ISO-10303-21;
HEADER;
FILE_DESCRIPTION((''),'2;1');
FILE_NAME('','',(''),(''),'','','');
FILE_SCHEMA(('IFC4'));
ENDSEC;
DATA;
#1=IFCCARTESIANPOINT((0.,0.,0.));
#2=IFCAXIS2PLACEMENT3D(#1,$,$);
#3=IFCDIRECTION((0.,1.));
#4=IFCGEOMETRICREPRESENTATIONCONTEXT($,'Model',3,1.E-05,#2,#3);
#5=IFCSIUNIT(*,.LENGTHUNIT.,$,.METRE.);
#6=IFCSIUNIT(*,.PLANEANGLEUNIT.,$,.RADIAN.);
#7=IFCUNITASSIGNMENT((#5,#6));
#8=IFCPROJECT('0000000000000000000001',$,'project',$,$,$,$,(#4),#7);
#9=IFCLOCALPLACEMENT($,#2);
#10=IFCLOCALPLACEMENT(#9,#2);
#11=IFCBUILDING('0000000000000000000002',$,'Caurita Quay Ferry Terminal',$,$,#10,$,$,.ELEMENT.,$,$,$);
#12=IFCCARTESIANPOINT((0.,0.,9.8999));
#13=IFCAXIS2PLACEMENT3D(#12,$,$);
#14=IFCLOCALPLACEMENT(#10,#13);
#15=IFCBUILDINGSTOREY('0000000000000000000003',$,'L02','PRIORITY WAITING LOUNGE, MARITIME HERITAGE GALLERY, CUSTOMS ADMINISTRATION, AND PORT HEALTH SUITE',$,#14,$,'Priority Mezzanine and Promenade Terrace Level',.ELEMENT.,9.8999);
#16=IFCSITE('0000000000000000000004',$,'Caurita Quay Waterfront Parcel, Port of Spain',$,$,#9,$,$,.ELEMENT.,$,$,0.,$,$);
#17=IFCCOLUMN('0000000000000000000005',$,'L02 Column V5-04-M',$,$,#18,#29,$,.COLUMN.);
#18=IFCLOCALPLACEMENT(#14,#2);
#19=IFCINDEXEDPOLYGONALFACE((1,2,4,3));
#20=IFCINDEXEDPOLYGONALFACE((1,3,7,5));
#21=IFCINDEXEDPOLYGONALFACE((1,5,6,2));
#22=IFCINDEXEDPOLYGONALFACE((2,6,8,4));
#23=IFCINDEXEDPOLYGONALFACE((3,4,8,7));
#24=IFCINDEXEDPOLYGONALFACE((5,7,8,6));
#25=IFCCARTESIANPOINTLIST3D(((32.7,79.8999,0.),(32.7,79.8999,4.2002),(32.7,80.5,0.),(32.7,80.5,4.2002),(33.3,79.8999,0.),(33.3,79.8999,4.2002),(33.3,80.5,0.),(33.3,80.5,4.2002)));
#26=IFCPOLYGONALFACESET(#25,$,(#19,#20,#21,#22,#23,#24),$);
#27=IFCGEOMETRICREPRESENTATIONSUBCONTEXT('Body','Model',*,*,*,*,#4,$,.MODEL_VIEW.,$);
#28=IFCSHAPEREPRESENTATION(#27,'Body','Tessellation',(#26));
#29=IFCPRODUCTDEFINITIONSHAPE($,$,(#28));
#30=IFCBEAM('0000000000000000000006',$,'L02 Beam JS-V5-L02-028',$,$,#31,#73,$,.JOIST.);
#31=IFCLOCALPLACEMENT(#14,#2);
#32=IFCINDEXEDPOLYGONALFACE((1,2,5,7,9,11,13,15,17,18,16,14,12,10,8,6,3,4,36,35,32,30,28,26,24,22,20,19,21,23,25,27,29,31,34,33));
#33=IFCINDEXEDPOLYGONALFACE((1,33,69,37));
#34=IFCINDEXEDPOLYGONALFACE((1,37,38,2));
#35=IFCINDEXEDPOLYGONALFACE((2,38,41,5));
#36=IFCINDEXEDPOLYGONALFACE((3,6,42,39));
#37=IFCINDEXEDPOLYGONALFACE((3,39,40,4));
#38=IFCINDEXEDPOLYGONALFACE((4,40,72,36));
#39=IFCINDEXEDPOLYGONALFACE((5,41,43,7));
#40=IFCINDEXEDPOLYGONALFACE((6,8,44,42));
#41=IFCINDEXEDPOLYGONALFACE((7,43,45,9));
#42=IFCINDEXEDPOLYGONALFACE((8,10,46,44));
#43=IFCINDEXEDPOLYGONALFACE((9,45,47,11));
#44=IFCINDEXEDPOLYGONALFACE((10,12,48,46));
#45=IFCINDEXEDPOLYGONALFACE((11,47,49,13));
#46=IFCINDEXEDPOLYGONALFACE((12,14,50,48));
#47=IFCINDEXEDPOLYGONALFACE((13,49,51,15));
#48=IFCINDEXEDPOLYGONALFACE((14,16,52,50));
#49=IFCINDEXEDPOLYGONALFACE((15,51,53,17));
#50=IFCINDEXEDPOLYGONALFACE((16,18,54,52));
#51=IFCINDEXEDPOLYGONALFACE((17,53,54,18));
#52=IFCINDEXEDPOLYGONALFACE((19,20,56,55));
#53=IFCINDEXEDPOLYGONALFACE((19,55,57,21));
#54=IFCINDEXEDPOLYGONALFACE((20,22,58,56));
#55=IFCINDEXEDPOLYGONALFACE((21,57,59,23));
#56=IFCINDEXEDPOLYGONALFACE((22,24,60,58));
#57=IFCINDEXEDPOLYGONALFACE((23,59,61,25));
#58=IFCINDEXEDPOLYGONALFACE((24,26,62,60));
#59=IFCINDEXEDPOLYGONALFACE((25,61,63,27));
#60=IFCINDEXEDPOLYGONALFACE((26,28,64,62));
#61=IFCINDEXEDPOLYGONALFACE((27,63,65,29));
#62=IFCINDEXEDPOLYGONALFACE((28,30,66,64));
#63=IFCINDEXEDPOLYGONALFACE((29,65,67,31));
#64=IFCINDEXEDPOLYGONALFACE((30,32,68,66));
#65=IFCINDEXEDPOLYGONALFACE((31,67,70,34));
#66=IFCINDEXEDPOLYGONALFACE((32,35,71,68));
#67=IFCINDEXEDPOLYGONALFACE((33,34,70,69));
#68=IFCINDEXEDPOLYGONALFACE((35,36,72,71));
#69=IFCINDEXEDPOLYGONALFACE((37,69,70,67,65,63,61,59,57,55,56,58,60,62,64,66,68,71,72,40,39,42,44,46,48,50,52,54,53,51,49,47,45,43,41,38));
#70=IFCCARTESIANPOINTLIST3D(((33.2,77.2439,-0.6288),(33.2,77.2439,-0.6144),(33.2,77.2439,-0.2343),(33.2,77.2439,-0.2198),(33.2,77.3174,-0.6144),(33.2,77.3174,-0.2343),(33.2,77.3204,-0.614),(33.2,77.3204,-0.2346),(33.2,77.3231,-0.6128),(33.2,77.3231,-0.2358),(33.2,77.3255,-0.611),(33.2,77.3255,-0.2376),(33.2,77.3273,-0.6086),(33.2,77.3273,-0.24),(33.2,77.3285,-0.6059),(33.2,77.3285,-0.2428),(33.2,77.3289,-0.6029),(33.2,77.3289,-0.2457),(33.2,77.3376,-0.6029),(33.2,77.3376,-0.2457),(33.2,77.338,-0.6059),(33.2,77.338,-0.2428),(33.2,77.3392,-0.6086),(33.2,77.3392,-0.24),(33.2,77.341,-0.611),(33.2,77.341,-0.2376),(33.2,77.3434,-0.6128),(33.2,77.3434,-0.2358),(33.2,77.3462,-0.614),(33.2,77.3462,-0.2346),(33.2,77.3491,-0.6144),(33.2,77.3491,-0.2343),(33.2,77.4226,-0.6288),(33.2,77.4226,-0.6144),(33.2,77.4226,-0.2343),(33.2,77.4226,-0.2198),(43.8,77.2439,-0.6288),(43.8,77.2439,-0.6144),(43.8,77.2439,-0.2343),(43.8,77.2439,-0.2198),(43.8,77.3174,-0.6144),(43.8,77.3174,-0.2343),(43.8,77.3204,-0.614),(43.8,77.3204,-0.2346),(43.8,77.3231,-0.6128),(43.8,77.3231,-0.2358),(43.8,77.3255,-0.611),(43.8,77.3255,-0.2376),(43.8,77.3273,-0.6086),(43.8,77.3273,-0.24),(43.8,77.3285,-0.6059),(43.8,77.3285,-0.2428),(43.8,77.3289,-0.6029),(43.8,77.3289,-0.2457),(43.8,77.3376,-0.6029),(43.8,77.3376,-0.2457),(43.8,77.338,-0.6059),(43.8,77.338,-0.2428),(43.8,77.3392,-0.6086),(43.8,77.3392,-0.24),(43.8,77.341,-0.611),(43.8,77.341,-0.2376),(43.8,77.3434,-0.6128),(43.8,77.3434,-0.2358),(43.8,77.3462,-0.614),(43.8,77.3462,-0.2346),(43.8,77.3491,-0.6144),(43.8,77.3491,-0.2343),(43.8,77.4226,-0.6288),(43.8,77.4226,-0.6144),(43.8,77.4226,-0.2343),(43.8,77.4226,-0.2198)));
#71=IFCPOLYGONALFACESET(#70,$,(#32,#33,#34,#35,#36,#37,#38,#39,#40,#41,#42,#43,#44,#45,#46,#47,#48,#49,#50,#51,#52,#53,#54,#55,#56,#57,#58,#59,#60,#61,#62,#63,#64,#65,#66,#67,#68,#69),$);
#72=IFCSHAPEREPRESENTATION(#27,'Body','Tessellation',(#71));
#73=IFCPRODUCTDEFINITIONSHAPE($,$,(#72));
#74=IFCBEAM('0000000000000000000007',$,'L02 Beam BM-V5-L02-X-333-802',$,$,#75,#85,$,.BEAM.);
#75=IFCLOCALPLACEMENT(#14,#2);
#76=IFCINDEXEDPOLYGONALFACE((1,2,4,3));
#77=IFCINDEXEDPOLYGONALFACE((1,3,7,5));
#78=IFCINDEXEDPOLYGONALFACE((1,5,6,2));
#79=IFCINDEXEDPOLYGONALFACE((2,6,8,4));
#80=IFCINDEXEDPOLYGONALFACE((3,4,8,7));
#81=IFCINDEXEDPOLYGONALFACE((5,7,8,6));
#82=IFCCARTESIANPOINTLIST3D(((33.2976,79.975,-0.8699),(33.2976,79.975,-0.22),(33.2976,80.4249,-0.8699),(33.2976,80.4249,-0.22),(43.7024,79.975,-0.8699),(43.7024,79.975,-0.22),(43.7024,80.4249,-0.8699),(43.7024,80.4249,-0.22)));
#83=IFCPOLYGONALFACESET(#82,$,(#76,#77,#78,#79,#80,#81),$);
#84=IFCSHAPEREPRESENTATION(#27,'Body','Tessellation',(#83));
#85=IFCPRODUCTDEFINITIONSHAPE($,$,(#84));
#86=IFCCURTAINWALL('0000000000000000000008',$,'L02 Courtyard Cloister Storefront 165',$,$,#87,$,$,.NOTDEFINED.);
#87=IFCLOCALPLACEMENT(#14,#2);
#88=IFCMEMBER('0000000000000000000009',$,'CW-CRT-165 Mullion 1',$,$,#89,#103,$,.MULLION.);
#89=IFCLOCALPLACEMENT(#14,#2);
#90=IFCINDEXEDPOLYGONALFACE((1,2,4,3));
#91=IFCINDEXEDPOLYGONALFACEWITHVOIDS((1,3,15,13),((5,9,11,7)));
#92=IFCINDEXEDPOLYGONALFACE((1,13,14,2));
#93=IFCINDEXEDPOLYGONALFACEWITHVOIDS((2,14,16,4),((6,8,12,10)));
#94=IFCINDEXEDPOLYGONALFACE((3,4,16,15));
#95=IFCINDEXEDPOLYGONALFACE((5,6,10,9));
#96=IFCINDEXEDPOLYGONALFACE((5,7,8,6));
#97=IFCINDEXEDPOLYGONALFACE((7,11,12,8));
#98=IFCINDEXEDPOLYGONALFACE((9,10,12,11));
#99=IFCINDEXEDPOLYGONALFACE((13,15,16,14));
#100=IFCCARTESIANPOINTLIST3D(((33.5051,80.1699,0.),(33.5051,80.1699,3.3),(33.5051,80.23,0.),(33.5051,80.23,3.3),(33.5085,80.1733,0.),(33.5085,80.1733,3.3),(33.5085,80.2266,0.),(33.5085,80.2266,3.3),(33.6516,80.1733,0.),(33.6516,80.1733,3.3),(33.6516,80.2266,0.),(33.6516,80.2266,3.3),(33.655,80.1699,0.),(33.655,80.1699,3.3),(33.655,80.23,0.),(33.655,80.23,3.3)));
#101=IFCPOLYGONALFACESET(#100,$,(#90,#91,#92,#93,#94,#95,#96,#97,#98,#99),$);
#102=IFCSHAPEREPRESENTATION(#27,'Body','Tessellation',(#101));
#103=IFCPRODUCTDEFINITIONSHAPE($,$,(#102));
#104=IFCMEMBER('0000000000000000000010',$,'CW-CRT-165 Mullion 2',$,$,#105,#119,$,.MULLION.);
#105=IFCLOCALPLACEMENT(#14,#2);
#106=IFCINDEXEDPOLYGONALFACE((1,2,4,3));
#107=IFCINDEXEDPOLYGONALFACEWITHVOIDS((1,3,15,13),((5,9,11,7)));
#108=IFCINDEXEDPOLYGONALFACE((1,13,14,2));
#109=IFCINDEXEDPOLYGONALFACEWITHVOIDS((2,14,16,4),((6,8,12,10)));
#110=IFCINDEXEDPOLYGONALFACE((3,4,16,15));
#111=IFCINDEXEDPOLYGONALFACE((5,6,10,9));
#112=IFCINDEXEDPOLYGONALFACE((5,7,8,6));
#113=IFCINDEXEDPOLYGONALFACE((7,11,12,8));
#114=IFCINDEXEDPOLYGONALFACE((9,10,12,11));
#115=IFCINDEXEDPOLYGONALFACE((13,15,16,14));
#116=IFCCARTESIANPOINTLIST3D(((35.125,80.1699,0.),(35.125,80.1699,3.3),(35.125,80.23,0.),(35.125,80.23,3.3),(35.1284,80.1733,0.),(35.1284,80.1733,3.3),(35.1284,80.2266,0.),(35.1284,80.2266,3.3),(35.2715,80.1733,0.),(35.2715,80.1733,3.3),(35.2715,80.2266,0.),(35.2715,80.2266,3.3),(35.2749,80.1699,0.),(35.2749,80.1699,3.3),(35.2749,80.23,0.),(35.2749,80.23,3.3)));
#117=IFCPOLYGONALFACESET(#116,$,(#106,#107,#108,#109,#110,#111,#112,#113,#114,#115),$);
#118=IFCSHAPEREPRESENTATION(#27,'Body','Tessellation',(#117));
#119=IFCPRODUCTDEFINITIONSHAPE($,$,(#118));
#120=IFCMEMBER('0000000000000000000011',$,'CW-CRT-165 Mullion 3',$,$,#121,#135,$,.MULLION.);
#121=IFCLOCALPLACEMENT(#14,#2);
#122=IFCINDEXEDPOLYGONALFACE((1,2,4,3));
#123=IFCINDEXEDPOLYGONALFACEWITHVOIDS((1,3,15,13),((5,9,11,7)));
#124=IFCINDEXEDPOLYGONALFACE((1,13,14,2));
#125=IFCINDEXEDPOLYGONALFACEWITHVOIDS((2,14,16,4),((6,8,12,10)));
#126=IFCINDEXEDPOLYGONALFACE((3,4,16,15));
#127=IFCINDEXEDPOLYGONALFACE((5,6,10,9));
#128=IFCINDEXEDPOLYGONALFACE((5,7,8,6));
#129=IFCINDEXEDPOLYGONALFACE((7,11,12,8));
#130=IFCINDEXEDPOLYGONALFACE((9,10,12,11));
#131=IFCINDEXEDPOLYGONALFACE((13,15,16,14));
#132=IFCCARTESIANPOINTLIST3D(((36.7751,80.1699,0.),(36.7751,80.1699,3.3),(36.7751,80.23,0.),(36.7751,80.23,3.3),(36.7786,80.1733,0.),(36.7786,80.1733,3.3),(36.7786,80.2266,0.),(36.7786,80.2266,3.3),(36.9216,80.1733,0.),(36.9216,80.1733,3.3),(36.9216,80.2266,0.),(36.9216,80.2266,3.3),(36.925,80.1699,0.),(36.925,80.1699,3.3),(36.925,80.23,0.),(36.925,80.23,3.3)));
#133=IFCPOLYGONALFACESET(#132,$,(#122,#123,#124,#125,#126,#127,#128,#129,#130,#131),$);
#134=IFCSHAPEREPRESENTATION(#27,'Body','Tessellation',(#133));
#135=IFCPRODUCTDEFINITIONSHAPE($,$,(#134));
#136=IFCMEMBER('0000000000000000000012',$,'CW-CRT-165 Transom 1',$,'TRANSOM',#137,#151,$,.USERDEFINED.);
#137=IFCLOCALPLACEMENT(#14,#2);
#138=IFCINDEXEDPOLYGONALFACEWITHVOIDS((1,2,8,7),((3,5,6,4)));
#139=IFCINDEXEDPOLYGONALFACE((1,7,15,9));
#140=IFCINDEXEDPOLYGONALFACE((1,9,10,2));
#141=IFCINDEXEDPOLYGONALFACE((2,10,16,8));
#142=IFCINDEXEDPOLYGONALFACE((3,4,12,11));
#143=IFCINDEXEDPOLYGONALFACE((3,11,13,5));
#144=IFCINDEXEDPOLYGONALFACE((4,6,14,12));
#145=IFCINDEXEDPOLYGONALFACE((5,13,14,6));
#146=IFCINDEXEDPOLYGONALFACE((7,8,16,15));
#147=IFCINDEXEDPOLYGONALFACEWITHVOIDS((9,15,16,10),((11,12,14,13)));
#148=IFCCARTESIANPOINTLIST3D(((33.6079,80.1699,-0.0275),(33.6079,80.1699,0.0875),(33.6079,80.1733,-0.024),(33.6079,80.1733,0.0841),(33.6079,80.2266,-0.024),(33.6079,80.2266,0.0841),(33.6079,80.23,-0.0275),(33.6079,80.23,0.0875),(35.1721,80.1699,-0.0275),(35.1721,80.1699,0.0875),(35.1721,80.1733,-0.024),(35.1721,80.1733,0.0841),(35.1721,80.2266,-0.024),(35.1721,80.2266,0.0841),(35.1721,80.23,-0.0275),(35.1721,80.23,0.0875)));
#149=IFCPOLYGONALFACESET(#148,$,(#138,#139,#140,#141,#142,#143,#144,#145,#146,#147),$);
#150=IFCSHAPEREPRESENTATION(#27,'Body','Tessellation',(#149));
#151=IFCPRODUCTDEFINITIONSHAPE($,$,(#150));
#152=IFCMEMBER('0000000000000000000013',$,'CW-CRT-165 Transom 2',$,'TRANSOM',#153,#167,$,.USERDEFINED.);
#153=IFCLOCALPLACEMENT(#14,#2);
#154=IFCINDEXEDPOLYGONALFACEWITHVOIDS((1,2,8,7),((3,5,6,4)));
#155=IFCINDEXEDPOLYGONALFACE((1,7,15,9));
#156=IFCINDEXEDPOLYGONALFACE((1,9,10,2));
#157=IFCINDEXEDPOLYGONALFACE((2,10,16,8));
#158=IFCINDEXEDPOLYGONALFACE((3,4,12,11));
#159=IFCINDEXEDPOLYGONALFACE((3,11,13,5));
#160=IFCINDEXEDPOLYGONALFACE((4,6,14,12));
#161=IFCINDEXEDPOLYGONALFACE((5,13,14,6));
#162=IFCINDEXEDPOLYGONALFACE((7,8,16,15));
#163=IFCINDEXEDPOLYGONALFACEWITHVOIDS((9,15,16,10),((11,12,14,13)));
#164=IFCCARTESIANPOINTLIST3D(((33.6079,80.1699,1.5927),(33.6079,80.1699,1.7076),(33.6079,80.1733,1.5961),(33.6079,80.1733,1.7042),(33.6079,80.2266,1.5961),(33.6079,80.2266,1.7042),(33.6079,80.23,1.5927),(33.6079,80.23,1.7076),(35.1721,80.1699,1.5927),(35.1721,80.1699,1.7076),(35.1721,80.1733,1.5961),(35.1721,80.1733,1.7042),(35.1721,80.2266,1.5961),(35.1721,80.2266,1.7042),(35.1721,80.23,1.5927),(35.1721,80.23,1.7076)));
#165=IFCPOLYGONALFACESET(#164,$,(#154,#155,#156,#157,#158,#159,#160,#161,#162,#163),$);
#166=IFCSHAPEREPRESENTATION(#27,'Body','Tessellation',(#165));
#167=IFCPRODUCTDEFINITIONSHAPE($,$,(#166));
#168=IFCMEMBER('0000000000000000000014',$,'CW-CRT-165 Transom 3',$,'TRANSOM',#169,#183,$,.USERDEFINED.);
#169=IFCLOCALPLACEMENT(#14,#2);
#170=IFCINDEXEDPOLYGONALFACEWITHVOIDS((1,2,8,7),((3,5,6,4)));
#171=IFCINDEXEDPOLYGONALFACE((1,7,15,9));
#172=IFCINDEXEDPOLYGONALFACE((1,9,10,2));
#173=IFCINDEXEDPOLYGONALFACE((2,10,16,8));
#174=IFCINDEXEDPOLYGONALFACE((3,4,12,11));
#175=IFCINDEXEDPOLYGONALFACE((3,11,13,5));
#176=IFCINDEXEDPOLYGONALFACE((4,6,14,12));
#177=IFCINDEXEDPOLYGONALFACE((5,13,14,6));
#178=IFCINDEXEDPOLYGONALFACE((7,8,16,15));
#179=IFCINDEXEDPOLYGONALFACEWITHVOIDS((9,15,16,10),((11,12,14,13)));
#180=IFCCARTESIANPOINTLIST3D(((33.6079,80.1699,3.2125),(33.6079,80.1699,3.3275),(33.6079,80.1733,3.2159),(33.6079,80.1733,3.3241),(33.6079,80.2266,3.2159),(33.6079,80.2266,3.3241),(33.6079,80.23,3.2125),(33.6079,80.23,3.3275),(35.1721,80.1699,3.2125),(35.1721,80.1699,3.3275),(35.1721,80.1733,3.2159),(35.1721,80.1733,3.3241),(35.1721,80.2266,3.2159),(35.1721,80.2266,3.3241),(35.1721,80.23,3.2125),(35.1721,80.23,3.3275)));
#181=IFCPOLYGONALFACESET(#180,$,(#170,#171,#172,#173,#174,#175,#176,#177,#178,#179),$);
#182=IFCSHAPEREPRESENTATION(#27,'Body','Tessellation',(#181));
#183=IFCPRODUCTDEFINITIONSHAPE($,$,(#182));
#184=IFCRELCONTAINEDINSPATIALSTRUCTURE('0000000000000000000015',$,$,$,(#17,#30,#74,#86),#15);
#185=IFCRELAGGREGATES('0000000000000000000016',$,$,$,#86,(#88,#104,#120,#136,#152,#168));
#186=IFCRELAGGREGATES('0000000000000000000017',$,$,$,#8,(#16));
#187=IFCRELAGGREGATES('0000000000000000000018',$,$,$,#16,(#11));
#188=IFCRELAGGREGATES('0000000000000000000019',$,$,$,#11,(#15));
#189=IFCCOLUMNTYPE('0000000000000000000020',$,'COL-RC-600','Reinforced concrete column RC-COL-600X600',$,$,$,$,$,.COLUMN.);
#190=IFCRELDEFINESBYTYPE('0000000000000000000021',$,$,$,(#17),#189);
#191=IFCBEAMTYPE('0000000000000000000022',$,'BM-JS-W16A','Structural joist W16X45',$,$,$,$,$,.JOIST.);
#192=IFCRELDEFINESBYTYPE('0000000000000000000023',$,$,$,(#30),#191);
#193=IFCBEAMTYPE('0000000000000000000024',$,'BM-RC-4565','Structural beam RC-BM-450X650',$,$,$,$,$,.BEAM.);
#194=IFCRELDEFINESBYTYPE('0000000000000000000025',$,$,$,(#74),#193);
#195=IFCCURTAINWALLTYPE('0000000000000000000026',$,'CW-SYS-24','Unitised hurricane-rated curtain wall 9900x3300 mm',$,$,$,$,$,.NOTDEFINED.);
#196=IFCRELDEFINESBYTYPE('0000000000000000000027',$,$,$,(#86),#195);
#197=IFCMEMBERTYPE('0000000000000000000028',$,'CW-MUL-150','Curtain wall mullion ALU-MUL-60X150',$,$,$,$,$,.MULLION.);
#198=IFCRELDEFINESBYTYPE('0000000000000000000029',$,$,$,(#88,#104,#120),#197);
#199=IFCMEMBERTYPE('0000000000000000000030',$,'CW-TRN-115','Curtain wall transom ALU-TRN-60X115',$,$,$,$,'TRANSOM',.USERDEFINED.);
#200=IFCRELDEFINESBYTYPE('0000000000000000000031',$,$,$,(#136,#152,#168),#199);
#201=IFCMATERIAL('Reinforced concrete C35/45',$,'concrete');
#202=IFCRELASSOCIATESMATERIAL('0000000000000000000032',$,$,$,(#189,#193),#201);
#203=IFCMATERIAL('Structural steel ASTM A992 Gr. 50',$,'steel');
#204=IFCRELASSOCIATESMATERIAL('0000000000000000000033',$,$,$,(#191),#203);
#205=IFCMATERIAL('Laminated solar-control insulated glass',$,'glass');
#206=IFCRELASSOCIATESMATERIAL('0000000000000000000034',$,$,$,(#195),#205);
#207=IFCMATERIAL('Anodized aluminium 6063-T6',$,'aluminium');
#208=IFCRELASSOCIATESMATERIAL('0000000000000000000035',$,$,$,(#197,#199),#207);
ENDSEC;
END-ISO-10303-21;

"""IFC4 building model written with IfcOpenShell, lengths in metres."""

from ifc_helpers import new_model, si_unit, direction, frame, origin, origin_2d, place, context, subcontext, project, spatial, rectangle, hollow_rectangle, i_section, extrude, material, material_profile, profile_set, type_object, element, aggregate, save


model = new_model("IFC4")

# Units and contexts
model_context = context("Model", 3, precision=1e-05, world=origin(), true_north=direction((0.0, 1.0)))
body_context = subcontext(model_context, "Body", "Model", "MODEL_VIEW")
ifc_project = project(units=[si_unit("LENGTHUNIT", "METRE"), si_unit("PLANEANGLEUNIT", "RADIAN")], contexts=[model_context])

# Site, building, storey
site_placement = place(None, origin())
site = spatial("IfcSite", under=ifc_project, at=site_placement, Name="Caurita Quay Waterfront Parcel, Port of Spain", CompositionType="ELEMENT", RefElevation=0.0)
building_placement = place(site_placement, origin())
building = spatial("IfcBuilding", under=site, at=building_placement, Name="Caurita Quay Ferry Terminal", CompositionType="ELEMENT")
storey_placement = place(building_placement, frame((0.0, 0.0, 9.8999)))
storey = spatial("IfcBuildingStorey", under=building, at=storey_placement, Name="L02", Description="PRIORITY WAITING LOUNGE, MARITIME HERITAGE GALLERY, CUSTOMS ADMINISTRATION, AND PORT HEALTH SUITE", LongName="Priority Mezzanine and Promenade Terrace Level", CompositionType="ELEMENT", Elevation=9.8999)

# Column
ifc_material_1 = material(Name="Reinforced concrete C35/45", Category="concrete")
ifc_material_profile_1 = material_profile(ifc_material_1, rectangle(XDim=0.6001, YDim=0.6001, at=origin_2d()), Name="RC-COL-600X600")
ifc_profile_set_1 = profile_set([ifc_material_profile_1], Name="Reinforced concrete C35/45")
column_type = type_object("IfcColumnType", Name="COL-RC-600", Description="Reinforced concrete column RC-COL-600X600", PredefinedType="COLUMN", material=ifc_profile_set_1)
column_placement = place(storey_placement, frame((33.0, 80.2, 0.0), z_axis=(0.0, 0.0, 1.0), x_axis=(1.0, 0.0, 0.0)))
element("IfcColumn", 1, at=column_placement, inside=storey, type_object=column_type, Name="L02 Column V5-04-M", PredefinedType="COLUMN", context=body_context, shape_type="SweptSolid", body=[
    extrude(rectangle(XDim=0.6001, YDim=0.6001, at=origin_2d()), origin(), (0.0, 0.0, 1.0), 4.2002),
])

# Beams
ifc_material_2 = material(Name="Structural steel ASTM A992 Gr. 50", Category="steel")
ifc_material_profile_2 = material_profile(ifc_material_2, i_section(OverallWidth=0.1787, OverallDepth=0.4089, WebThickness=0.0088, FlangeThickness=0.0144, FilletRadius=0.0115, at=origin_2d()), Name="W16X45")
ifc_profile_set_2 = profile_set([ifc_material_profile_2], Name="Structural steel ASTM A992 Gr. 50")
beam_type_1 = type_object("IfcBeamType", Name="BM-JS-W16A", Description="Structural joist W16X45", PredefinedType="JOIST", material=ifc_profile_set_2)
beam_1_placement = place(storey_placement, frame((33.2, 77.3333, -0.4243), z_axis=(1.0, 0.0, 0.0), x_axis=(0.0, 1.0, 0.0)))
element("IfcBeam", 2, at=beam_1_placement, inside=storey, type_object=beam_type_1, Name="L02 Beam JS-V5-L02-028", PredefinedType="JOIST", context=body_context, shape_type="SweptSolid", body=[
    extrude(i_section(OverallWidth=0.1787, OverallDepth=0.4089, WebThickness=0.0088, FlangeThickness=0.0144, FilletRadius=0.0115, at=origin_2d()), origin(), (0.0, 0.0, 1.0), 10.6001),
])
ifc_material_profile_3 = material_profile(ifc_material_1, rectangle(XDim=0.45, YDim=0.6499, at=origin_2d()), Name="RC-BM-450X650")
ifc_profile_set_3 = profile_set([ifc_material_profile_3], Name="Reinforced concrete C35/45")
beam_type_2 = type_object("IfcBeamType", Name="BM-RC-4565", Description="Structural beam RC-BM-450X650", PredefinedType="BEAM", material=ifc_profile_set_3)
beam_2_placement = place(storey_placement, frame((33.2976, 80.2, -0.5449), z_axis=(1.0, 0.0, 0.0), x_axis=(0.0, 1.0, 0.0)))
element("IfcBeam", 3, at=beam_2_placement, inside=storey, type_object=beam_type_2, Name="L02 Beam BM-V5-L02-X-333-802", PredefinedType="BEAM", context=body_context, shape_type="SweptSolid", body=[
    extrude(rectangle(XDim=0.45, YDim=0.6499, at=origin_2d()), origin(), (0.0, 0.0, 1.0), 10.4048),
])

# Curtain wall, members
ifc_material_3 = material(Name="Laminated solar-control insulated glass", Category="glass")
curtain_wall_type = type_object("IfcCurtainWallType", Name="CW-SYS-24", Description="Unitised hurricane-rated curtain wall 9900x3300 mm", PredefinedType="NOTDEFINED", material=ifc_material_3)
curtain_wall_placement = place(storey_placement, origin())
curtain_wall = element("IfcCurtainWall", 4, at=curtain_wall_placement, inside=storey, type_object=curtain_wall_type, Name="L02 Courtyard Cloister Storefront 165", PredefinedType="NOTDEFINED")
ifc_material_4 = material(Name="Anodized aluminium 6063-T6", Category="aluminium")
ifc_material_profile_4 = material_profile(ifc_material_4, hollow_rectangle(XDim=0.0601, YDim=0.1499, WallThickness=0.0034, at=origin_2d()), Name="ALU-MUL-60X150")
ifc_profile_set_4 = profile_set([ifc_material_profile_4], Name="Anodized aluminium 6063-T6")
member_type_1 = type_object("IfcMemberType", Name="CW-MUL-150", Description="Curtain wall mullion ALU-MUL-60X150", PredefinedType="MULLION", material=ifc_profile_set_4)
member_1_placement = place(storey_placement, frame((33.5801, 80.2, 0.0), z_axis=(0.0, 0.0, 1.0), x_axis=(0.0, 1.0, 0.0)))
member_1 = element("IfcMember", 5, at=member_1_placement, type_object=member_type_1, Name="CW-CRT-165 Mullion 1", PredefinedType="MULLION", context=body_context, shape_type="SweptSolid", body=[
    extrude(hollow_rectangle(XDim=0.0601, YDim=0.1499, WallThickness=0.0034, at=origin_2d()), origin(), (0.0, 0.0, 1.0), 3.3),
])
member_2_placement = place(storey_placement, frame((35.2, 80.2, 0.0), z_axis=(0.0, 0.0, 1.0), x_axis=(0.0, 1.0, 0.0)))
member_2 = element("IfcMember", 6, at=member_2_placement, type_object=member_type_1, Name="CW-CRT-165 Mullion 2", PredefinedType="MULLION", context=body_context, shape_type="SweptSolid", body=[
    extrude(hollow_rectangle(XDim=0.0601, YDim=0.1499, WallThickness=0.0034, at=origin_2d()), origin(), (0.0, 0.0, 1.0), 3.3),
])
member_3_placement = place(storey_placement, frame((36.8501, 80.2, 0.0), z_axis=(0.0, 0.0, 1.0), x_axis=(0.0, 1.0, 0.0)))
member_3 = element("IfcMember", 7, at=member_3_placement, type_object=member_type_1, Name="CW-CRT-165 Mullion 3", PredefinedType="MULLION", context=body_context, shape_type="SweptSolid", body=[
    extrude(hollow_rectangle(XDim=0.0601, YDim=0.1499, WallThickness=0.0034, at=origin_2d()), origin(), (0.0, 0.0, 1.0), 3.3),
])
ifc_material_profile_5 = material_profile(ifc_material_4, hollow_rectangle(XDim=0.0601, YDim=0.115, WallThickness=0.0034, at=origin_2d()), Name="ALU-TRN-60X115")
ifc_profile_set_5 = profile_set([ifc_material_profile_5], Name="Anodized aluminium 6063-T6")
member_type_2 = type_object("IfcMemberType", Name="CW-TRN-115", Description="Curtain wall transom ALU-TRN-60X115", ElementType="TRANSOM", PredefinedType="USERDEFINED", material=ifc_profile_set_5)
member_4_placement = place(storey_placement, frame((33.6079, 80.2, 0.03), z_axis=(1.0, 0.0, 0.0), x_axis=(0.0, 1.0, 0.0)))
member_4 = element("IfcMember", 8, at=member_4_placement, type_object=member_type_2, Name="CW-CRT-165 Transom 1", ObjectType="TRANSOM", PredefinedType="USERDEFINED", context=body_context, shape_type="SweptSolid", body=[
    extrude(hollow_rectangle(XDim=0.0601, YDim=0.115, WallThickness=0.0034, at=origin_2d()), origin(), (0.0, 0.0, 1.0), 1.5642),
])
member_5_placement = place(storey_placement, frame((33.6079, 80.2, 1.6501), z_axis=(1.0, 0.0, 0.0), x_axis=(0.0, 1.0, 0.0)))
member_5 = element("IfcMember", 9, at=member_5_placement, type_object=member_type_2, Name="CW-CRT-165 Transom 2", ObjectType="TRANSOM", PredefinedType="USERDEFINED", context=body_context, shape_type="SweptSolid", body=[
    extrude(hollow_rectangle(XDim=0.0601, YDim=0.115, WallThickness=0.0034, at=origin_2d()), origin(), (0.0, 0.0, 1.0), 1.5642),
])
member_6_placement = place(storey_placement, frame((33.6079, 80.2, 3.27), z_axis=(1.0, 0.0, 0.0), x_axis=(0.0, 1.0, 0.0)))
member_6 = element("IfcMember", 10, at=member_6_placement, type_object=member_type_2, Name="CW-CRT-165 Transom 3", ObjectType="TRANSOM", PredefinedType="USERDEFINED", context=body_context, shape_type="SweptSolid", body=[
    extrude(hollow_rectangle(XDim=0.0601, YDim=0.115, WallThickness=0.0034, at=origin_2d()), origin(), (0.0, 0.0, 1.0), 1.5642),
])
aggregate(curtain_wall, [member_1, member_2, member_3, member_4, member_5, member_6])

save(model, "model.ifc")
